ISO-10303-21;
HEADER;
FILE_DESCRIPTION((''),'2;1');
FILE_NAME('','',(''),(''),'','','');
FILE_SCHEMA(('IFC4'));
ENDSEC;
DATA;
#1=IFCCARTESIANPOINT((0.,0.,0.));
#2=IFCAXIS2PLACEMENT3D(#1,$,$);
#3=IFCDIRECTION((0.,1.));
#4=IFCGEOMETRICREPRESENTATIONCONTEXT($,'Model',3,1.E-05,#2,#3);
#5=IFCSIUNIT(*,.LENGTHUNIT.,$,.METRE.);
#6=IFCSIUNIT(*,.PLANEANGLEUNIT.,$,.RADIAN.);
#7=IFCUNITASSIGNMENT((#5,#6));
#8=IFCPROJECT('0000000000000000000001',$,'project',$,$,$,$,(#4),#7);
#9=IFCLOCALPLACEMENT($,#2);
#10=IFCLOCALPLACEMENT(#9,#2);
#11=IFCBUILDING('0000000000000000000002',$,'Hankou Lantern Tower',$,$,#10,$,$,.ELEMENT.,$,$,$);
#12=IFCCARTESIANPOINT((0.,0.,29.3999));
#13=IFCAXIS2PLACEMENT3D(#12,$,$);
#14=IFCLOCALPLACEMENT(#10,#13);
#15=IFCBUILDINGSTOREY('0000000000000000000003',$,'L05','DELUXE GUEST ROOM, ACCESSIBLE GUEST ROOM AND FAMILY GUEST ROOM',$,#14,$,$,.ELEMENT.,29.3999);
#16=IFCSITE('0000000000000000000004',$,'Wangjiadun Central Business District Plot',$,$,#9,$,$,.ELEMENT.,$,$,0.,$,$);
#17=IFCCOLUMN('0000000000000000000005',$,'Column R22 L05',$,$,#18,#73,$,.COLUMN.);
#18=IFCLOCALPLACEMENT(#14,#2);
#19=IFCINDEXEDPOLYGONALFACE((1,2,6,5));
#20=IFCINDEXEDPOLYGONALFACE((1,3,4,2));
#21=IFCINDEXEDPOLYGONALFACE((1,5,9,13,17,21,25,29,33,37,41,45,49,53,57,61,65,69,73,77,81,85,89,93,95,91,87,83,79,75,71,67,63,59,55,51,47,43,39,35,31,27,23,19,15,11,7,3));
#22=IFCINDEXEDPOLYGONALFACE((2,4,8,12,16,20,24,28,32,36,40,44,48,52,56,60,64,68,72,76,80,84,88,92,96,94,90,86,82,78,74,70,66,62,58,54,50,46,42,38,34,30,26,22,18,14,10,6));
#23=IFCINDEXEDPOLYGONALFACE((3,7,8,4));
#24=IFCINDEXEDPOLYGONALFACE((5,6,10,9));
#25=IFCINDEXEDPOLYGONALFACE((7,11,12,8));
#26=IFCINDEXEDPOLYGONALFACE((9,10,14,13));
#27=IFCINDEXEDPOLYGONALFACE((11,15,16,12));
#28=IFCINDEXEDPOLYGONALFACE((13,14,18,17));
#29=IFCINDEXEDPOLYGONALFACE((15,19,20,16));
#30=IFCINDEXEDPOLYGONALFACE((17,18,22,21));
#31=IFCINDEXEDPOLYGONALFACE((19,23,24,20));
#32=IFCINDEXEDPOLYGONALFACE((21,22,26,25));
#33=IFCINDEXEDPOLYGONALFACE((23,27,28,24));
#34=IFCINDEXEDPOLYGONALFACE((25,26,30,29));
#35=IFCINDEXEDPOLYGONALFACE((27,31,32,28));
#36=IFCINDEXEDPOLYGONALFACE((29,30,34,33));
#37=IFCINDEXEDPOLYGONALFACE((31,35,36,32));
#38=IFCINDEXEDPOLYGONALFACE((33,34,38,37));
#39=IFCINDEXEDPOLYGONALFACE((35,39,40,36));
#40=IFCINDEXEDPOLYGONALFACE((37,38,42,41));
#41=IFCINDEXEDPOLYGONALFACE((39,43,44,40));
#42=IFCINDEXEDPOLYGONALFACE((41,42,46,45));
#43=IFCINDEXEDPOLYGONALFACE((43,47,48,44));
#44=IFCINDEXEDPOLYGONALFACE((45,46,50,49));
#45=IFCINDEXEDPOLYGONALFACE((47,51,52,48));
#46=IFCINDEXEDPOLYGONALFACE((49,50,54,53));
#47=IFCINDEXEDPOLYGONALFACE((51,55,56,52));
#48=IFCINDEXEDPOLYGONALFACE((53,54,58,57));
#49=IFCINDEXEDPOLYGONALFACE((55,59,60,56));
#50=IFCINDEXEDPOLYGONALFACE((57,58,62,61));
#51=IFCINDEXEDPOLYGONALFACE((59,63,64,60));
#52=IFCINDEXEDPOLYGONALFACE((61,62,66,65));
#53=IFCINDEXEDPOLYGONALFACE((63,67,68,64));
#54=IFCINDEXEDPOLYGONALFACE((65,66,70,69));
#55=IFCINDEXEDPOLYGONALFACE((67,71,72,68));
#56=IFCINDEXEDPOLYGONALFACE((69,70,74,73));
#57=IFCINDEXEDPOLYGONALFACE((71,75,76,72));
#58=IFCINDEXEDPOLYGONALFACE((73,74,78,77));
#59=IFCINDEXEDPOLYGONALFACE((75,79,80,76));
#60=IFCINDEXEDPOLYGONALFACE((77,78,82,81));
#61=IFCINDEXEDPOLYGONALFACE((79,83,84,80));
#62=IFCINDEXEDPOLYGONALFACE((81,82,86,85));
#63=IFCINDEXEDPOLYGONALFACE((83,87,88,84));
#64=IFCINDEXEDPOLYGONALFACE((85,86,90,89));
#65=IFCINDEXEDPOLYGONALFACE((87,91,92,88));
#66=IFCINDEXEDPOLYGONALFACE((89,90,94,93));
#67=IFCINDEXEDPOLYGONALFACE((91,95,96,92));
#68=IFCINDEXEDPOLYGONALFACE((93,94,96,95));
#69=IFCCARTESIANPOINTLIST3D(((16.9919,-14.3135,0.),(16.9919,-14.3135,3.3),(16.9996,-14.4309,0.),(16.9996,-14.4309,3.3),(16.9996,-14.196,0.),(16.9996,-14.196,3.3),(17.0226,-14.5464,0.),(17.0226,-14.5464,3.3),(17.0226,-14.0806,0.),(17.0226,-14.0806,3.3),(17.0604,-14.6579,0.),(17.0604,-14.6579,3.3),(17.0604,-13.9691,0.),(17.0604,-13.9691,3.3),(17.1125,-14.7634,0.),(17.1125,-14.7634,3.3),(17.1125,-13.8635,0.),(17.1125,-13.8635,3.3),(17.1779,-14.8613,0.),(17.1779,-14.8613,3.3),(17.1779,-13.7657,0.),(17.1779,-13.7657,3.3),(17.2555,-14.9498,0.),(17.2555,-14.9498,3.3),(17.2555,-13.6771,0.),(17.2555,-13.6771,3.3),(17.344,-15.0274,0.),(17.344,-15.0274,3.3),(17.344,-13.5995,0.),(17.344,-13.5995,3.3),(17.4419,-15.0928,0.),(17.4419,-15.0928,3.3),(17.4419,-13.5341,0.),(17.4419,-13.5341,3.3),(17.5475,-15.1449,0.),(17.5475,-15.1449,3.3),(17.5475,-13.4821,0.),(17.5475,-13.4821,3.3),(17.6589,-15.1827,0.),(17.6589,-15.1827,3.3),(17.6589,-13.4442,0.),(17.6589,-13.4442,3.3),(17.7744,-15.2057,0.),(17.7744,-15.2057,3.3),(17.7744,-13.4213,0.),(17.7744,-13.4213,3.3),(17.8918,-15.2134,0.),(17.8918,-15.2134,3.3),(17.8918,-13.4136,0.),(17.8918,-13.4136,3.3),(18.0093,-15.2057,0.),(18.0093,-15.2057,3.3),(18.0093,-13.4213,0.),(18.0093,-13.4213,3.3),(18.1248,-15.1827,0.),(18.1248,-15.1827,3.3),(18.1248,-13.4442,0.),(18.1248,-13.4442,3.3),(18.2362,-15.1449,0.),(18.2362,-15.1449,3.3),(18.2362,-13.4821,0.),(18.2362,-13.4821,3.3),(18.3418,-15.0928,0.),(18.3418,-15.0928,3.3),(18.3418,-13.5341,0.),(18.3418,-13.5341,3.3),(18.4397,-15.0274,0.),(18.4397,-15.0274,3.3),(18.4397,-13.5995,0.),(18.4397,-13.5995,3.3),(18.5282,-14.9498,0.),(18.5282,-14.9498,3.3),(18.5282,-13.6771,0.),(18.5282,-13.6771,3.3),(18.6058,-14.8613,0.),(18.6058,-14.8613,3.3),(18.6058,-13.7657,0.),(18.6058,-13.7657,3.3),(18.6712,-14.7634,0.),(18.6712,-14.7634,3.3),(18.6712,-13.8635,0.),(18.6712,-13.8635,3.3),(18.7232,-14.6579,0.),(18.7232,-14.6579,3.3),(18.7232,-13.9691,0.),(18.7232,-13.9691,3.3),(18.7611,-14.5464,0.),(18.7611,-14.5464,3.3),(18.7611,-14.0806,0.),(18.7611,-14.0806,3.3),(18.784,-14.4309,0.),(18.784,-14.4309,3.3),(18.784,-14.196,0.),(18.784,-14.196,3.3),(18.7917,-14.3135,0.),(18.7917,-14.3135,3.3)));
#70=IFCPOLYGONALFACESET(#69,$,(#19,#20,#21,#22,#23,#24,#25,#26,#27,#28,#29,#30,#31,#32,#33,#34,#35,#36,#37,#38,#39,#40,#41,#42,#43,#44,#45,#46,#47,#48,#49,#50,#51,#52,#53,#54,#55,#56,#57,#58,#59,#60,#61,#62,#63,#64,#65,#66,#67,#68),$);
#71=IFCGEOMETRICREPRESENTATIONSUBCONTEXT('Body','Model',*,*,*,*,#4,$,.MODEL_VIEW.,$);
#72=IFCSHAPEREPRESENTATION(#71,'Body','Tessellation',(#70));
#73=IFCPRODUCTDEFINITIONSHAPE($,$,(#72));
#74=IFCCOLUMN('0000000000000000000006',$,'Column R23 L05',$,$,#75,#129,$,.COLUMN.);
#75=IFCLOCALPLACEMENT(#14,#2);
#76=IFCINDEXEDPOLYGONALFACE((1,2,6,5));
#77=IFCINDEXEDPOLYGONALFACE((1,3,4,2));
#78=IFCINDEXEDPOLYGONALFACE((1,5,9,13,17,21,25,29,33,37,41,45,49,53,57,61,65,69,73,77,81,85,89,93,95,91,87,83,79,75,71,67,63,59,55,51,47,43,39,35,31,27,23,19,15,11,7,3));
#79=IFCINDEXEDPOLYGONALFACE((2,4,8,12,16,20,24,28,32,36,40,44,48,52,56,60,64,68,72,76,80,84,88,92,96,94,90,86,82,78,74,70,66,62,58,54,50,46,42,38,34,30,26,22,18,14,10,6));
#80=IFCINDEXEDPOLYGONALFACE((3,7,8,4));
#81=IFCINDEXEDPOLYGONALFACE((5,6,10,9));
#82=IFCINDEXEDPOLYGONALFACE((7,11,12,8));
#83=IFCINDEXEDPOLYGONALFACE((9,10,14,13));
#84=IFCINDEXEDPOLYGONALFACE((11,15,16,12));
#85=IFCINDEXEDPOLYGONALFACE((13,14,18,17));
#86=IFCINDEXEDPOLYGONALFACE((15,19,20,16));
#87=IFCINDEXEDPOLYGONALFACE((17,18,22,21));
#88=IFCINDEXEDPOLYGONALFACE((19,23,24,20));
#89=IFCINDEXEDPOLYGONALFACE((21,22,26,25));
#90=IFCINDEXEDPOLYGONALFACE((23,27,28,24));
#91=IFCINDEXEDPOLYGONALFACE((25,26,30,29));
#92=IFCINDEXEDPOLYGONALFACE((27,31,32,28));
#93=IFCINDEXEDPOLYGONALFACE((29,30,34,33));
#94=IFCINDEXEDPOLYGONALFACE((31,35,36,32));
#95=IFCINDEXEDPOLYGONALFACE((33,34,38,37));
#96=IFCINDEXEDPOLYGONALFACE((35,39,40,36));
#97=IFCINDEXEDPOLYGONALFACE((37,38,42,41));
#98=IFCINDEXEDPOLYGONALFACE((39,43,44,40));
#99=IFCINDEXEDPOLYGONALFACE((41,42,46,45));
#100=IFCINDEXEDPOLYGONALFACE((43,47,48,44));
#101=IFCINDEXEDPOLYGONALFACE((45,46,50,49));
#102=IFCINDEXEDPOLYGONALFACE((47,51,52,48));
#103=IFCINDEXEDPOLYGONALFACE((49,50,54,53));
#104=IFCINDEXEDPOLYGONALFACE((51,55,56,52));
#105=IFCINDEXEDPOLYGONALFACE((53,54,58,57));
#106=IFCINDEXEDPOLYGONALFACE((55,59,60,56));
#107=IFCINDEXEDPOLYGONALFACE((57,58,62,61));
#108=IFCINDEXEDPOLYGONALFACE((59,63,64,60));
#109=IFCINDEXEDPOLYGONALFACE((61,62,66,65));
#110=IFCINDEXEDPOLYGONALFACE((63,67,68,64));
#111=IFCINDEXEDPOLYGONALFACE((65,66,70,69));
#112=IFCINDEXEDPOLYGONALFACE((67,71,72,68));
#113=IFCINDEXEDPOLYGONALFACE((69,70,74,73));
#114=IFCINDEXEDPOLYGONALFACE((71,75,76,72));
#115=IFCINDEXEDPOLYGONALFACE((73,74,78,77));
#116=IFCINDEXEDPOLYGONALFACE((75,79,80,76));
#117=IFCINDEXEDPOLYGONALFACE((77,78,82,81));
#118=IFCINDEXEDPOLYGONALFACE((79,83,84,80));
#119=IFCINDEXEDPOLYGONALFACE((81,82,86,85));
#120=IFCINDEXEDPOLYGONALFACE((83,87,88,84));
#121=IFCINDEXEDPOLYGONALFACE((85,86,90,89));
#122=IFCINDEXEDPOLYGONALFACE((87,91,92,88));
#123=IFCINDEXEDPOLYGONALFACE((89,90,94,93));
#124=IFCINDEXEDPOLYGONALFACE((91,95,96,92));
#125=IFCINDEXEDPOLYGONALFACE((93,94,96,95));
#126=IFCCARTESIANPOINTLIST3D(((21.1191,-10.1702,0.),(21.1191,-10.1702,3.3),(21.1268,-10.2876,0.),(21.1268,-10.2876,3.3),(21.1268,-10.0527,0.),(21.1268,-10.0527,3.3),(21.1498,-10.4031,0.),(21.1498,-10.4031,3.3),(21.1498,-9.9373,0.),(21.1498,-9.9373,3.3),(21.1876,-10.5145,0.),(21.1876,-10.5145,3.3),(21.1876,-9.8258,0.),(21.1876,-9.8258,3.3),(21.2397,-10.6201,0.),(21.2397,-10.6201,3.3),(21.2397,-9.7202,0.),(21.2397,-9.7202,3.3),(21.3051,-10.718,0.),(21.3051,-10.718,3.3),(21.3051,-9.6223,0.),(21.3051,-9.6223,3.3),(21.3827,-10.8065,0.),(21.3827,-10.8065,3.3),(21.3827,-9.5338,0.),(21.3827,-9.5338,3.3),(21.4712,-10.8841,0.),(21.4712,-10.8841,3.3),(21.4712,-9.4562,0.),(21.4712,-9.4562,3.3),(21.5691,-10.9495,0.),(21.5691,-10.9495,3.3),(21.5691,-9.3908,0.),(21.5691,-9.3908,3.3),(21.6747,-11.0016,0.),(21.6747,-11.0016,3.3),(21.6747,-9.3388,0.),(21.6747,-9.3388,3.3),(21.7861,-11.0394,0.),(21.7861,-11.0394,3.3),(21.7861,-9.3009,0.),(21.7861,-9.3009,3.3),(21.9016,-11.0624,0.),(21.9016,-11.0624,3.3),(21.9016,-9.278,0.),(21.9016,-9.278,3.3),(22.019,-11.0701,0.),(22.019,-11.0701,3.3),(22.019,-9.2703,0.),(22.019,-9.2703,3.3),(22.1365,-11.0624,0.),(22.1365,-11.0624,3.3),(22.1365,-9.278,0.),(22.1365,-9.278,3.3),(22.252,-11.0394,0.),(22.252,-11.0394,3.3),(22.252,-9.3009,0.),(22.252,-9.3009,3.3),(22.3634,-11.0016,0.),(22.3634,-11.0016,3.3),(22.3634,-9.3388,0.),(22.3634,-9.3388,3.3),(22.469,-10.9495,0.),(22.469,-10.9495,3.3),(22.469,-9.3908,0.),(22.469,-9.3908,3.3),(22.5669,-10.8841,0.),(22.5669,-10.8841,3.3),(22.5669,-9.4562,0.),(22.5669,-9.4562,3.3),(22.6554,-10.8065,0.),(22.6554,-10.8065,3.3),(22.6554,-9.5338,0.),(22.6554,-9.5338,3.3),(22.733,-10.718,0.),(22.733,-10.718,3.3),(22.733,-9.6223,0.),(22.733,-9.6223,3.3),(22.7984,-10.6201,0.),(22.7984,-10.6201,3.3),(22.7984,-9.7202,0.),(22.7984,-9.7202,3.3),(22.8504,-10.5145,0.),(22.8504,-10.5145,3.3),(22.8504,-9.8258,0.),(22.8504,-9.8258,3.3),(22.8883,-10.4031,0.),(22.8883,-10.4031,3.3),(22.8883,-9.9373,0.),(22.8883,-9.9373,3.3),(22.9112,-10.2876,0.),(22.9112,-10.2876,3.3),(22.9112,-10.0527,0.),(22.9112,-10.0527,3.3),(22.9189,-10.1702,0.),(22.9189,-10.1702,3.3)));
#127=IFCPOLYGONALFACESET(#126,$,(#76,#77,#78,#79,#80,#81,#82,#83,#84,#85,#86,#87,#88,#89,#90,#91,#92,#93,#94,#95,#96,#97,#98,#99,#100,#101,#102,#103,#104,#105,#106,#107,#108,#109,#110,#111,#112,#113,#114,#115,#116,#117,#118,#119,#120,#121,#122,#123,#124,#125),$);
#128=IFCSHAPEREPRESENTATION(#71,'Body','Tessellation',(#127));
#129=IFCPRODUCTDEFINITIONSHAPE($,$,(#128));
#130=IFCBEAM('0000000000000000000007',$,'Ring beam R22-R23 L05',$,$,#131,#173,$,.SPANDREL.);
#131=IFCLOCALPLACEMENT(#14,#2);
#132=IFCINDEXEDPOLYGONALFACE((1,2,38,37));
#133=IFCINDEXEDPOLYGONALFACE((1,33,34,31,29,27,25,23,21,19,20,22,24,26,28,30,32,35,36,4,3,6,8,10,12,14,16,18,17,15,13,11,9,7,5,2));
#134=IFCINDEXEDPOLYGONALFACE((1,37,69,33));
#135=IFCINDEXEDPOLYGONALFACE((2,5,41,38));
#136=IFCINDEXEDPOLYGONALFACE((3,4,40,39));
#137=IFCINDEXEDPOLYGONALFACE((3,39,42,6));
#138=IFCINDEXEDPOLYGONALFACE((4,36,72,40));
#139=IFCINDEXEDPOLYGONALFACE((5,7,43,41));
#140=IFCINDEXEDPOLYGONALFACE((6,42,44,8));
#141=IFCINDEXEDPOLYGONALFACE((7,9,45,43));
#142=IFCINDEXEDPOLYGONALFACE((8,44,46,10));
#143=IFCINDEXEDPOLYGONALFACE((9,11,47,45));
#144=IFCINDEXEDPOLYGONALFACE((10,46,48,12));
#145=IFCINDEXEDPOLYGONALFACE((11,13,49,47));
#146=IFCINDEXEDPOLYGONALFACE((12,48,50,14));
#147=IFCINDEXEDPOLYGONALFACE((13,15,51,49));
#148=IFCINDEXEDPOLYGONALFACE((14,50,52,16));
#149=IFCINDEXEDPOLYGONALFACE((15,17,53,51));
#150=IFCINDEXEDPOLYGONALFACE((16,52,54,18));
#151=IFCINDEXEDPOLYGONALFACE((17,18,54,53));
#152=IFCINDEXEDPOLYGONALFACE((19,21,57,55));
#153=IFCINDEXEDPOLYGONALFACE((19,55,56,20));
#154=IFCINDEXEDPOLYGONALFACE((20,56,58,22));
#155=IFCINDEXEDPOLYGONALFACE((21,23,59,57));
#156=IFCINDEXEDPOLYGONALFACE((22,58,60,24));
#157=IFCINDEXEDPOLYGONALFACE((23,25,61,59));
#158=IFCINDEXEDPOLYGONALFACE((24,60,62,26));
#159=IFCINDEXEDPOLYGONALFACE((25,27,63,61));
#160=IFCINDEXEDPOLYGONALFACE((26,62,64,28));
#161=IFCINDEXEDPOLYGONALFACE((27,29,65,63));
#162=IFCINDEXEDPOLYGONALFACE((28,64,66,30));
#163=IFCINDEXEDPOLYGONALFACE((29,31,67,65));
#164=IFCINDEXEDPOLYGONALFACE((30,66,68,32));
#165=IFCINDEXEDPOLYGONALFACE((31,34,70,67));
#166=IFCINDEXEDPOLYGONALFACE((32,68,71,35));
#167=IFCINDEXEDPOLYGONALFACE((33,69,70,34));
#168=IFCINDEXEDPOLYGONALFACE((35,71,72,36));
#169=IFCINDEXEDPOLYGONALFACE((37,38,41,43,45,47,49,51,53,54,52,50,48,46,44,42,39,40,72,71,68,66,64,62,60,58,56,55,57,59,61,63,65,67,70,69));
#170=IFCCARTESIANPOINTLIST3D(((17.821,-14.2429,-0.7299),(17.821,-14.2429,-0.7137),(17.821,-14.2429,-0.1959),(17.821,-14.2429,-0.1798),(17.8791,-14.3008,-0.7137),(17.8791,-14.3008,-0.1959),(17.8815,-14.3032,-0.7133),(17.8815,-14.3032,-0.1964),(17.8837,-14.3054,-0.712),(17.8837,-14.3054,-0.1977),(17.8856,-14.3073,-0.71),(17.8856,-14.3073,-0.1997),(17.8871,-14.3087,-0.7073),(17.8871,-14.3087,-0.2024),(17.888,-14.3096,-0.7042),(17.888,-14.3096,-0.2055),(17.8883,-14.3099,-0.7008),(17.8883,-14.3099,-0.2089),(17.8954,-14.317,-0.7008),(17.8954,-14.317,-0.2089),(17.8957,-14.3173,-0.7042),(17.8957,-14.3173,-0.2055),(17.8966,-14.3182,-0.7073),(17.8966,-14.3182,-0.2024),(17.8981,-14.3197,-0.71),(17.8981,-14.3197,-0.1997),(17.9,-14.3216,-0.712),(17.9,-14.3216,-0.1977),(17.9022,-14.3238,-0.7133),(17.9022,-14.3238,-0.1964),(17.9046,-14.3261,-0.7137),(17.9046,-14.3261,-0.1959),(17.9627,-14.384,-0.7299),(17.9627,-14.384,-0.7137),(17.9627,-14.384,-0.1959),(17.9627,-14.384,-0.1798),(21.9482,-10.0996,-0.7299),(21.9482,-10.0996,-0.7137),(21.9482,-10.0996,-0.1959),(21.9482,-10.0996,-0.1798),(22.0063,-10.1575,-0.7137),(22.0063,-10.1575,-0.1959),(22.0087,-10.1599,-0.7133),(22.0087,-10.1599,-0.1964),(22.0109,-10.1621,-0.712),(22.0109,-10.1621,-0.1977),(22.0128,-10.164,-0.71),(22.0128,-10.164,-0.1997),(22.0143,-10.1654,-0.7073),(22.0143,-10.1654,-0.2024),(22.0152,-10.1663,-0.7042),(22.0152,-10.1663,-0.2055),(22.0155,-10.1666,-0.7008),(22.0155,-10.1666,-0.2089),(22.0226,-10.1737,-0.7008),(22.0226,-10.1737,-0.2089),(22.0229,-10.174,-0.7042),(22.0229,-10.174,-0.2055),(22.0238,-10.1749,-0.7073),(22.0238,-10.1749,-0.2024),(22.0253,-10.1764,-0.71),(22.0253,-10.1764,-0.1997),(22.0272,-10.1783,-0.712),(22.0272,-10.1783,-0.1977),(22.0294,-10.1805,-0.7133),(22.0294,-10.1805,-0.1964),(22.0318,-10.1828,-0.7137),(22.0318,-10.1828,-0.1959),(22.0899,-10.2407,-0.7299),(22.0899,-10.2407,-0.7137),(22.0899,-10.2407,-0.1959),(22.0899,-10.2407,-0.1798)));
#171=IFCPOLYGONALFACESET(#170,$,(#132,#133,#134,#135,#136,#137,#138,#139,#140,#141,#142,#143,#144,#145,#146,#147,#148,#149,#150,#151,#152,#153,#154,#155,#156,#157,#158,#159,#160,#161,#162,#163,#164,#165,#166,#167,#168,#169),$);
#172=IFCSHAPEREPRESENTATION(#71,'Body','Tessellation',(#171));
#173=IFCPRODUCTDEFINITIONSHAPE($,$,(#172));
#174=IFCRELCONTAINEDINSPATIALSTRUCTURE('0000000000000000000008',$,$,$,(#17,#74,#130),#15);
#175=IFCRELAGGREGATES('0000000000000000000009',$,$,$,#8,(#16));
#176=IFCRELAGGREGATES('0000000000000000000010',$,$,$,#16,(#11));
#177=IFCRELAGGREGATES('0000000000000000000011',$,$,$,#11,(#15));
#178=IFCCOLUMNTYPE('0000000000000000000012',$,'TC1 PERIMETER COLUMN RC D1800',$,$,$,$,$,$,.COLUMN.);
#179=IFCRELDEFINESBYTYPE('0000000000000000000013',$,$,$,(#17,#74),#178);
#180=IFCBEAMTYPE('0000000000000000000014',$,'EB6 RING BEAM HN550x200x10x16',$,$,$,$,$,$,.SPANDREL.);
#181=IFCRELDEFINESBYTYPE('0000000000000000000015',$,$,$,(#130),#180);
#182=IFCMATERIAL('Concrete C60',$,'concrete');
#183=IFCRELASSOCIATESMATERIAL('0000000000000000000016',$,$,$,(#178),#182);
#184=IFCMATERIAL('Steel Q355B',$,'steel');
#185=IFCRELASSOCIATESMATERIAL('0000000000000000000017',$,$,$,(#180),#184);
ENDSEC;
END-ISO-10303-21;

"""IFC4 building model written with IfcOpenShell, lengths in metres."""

from ifc_helpers import new_model, si_unit, direction, frame, origin, origin_2d, place, context, subcontext, project, spatial, circle, i_section, extrude, material, material_profile, profile_set, type_object, element, save


model = new_model("IFC4")

# Units and contexts
model_context = context("Model", 3, precision=1e-05, world=origin(), true_north=direction((0.0, 1.0)))
body_context = subcontext(model_context, "Body", "Model", "MODEL_VIEW")
ifc_project = project(units=[si_unit("LENGTHUNIT", "METRE"), si_unit("PLANEANGLEUNIT", "RADIAN")], contexts=[model_context])

# Site, building, storey
site_placement = place(None, origin())
site = spatial("IfcSite", under=ifc_project, at=site_placement, Name="Wangjiadun Central Business District Plot", CompositionType="ELEMENT", RefElevation=0.0)
building_placement = place(site_placement, origin())
building = spatial("IfcBuilding", under=site, at=building_placement, Name="Hankou Lantern Tower", CompositionType="ELEMENT")
storey_placement = place(building_placement, frame((0.0, 0.0, 29.3999)))
storey = spatial("IfcBuildingStorey", under=building, at=storey_placement, Name="L05", Description="DELUXE GUEST ROOM, ACCESSIBLE GUEST ROOM AND FAMILY GUEST ROOM", CompositionType="ELEMENT", Elevation=29.3999)

# Columns
ifc_material_1 = material(Name="Concrete C60", Category="concrete")
ifc_material_profile_1 = material_profile(ifc_material_1, circle(Radius=0.8999, at=origin_2d()), Name="RC D1800")
ifc_profile_set_1 = profile_set([ifc_material_profile_1], Name="Concrete C60")
column_type = type_object("IfcColumnType", Name="TC1 PERIMETER COLUMN RC D1800", PredefinedType="COLUMN", material=ifc_profile_set_1)
for number, where, z_axis, x_axis, name in (
    (1, (17.8918, -14.3135, 0.0), (0.0, 0.0, 1.0), (1.0, 0.0, 0.0), "Column R22 L05"),
    (2, (22.019, -10.1702, 0.0), (0.0, 0.0, 1.0), (1.0, 0.0, 0.0), "Column R23 L05"),
):
    element("IfcColumn", number, at=place(storey_placement, frame(where, z_axis=z_axis, x_axis=x_axis)), inside=storey, type_object=column_type, Name=name, PredefinedType="COLUMN", context=body_context, shape_type="SweptSolid", body=[
        extrude(circle(Radius=0.8999, at=origin_2d()), origin(), (0.0, 0.0, 1.0), 3.3),
    ])

# Beam
ifc_material_2 = material(Name="Steel Q355B", Category="steel")
ifc_material_profile_2 = material_profile(ifc_material_2, i_section(OverallWidth=0.2, OverallDepth=0.55, WebThickness=0.01, FlangeThickness=0.0161, FilletRadius=0.0129, at=origin_2d()), Name="HN550x200x10x16")
ifc_profile_set_2 = profile_set([ifc_material_profile_2], Name="Steel Q355B")
beam_type = type_object("IfcBeamType", Name="EB6 RING BEAM HN550x200x10x16", PredefinedType="SPANDREL", material=ifc_profile_set_2)
beam_1_placement = place(storey_placement, frame((17.8918, -14.3135, -0.4548), z_axis=(0.705728, 0.708483, 0.0), x_axis=(-0.708483, 0.705728, 0.0)))
element("IfcBeam", 3, at=beam_1_placement, inside=storey, type_object=beam_type, Name="Ring beam R22-R23 L05", PredefinedType="SPANDREL", context=body_context, shape_type="SweptSolid", body=[
    extrude(i_section(OverallWidth=0.2, OverallDepth=0.55, WebThickness=0.01, FlangeThickness=0.0161, FilletRadius=0.0129, at=origin_2d()), origin(), (0.0, 0.0, 1.0), 5.8481),
])

save(model, "model.ifc")
